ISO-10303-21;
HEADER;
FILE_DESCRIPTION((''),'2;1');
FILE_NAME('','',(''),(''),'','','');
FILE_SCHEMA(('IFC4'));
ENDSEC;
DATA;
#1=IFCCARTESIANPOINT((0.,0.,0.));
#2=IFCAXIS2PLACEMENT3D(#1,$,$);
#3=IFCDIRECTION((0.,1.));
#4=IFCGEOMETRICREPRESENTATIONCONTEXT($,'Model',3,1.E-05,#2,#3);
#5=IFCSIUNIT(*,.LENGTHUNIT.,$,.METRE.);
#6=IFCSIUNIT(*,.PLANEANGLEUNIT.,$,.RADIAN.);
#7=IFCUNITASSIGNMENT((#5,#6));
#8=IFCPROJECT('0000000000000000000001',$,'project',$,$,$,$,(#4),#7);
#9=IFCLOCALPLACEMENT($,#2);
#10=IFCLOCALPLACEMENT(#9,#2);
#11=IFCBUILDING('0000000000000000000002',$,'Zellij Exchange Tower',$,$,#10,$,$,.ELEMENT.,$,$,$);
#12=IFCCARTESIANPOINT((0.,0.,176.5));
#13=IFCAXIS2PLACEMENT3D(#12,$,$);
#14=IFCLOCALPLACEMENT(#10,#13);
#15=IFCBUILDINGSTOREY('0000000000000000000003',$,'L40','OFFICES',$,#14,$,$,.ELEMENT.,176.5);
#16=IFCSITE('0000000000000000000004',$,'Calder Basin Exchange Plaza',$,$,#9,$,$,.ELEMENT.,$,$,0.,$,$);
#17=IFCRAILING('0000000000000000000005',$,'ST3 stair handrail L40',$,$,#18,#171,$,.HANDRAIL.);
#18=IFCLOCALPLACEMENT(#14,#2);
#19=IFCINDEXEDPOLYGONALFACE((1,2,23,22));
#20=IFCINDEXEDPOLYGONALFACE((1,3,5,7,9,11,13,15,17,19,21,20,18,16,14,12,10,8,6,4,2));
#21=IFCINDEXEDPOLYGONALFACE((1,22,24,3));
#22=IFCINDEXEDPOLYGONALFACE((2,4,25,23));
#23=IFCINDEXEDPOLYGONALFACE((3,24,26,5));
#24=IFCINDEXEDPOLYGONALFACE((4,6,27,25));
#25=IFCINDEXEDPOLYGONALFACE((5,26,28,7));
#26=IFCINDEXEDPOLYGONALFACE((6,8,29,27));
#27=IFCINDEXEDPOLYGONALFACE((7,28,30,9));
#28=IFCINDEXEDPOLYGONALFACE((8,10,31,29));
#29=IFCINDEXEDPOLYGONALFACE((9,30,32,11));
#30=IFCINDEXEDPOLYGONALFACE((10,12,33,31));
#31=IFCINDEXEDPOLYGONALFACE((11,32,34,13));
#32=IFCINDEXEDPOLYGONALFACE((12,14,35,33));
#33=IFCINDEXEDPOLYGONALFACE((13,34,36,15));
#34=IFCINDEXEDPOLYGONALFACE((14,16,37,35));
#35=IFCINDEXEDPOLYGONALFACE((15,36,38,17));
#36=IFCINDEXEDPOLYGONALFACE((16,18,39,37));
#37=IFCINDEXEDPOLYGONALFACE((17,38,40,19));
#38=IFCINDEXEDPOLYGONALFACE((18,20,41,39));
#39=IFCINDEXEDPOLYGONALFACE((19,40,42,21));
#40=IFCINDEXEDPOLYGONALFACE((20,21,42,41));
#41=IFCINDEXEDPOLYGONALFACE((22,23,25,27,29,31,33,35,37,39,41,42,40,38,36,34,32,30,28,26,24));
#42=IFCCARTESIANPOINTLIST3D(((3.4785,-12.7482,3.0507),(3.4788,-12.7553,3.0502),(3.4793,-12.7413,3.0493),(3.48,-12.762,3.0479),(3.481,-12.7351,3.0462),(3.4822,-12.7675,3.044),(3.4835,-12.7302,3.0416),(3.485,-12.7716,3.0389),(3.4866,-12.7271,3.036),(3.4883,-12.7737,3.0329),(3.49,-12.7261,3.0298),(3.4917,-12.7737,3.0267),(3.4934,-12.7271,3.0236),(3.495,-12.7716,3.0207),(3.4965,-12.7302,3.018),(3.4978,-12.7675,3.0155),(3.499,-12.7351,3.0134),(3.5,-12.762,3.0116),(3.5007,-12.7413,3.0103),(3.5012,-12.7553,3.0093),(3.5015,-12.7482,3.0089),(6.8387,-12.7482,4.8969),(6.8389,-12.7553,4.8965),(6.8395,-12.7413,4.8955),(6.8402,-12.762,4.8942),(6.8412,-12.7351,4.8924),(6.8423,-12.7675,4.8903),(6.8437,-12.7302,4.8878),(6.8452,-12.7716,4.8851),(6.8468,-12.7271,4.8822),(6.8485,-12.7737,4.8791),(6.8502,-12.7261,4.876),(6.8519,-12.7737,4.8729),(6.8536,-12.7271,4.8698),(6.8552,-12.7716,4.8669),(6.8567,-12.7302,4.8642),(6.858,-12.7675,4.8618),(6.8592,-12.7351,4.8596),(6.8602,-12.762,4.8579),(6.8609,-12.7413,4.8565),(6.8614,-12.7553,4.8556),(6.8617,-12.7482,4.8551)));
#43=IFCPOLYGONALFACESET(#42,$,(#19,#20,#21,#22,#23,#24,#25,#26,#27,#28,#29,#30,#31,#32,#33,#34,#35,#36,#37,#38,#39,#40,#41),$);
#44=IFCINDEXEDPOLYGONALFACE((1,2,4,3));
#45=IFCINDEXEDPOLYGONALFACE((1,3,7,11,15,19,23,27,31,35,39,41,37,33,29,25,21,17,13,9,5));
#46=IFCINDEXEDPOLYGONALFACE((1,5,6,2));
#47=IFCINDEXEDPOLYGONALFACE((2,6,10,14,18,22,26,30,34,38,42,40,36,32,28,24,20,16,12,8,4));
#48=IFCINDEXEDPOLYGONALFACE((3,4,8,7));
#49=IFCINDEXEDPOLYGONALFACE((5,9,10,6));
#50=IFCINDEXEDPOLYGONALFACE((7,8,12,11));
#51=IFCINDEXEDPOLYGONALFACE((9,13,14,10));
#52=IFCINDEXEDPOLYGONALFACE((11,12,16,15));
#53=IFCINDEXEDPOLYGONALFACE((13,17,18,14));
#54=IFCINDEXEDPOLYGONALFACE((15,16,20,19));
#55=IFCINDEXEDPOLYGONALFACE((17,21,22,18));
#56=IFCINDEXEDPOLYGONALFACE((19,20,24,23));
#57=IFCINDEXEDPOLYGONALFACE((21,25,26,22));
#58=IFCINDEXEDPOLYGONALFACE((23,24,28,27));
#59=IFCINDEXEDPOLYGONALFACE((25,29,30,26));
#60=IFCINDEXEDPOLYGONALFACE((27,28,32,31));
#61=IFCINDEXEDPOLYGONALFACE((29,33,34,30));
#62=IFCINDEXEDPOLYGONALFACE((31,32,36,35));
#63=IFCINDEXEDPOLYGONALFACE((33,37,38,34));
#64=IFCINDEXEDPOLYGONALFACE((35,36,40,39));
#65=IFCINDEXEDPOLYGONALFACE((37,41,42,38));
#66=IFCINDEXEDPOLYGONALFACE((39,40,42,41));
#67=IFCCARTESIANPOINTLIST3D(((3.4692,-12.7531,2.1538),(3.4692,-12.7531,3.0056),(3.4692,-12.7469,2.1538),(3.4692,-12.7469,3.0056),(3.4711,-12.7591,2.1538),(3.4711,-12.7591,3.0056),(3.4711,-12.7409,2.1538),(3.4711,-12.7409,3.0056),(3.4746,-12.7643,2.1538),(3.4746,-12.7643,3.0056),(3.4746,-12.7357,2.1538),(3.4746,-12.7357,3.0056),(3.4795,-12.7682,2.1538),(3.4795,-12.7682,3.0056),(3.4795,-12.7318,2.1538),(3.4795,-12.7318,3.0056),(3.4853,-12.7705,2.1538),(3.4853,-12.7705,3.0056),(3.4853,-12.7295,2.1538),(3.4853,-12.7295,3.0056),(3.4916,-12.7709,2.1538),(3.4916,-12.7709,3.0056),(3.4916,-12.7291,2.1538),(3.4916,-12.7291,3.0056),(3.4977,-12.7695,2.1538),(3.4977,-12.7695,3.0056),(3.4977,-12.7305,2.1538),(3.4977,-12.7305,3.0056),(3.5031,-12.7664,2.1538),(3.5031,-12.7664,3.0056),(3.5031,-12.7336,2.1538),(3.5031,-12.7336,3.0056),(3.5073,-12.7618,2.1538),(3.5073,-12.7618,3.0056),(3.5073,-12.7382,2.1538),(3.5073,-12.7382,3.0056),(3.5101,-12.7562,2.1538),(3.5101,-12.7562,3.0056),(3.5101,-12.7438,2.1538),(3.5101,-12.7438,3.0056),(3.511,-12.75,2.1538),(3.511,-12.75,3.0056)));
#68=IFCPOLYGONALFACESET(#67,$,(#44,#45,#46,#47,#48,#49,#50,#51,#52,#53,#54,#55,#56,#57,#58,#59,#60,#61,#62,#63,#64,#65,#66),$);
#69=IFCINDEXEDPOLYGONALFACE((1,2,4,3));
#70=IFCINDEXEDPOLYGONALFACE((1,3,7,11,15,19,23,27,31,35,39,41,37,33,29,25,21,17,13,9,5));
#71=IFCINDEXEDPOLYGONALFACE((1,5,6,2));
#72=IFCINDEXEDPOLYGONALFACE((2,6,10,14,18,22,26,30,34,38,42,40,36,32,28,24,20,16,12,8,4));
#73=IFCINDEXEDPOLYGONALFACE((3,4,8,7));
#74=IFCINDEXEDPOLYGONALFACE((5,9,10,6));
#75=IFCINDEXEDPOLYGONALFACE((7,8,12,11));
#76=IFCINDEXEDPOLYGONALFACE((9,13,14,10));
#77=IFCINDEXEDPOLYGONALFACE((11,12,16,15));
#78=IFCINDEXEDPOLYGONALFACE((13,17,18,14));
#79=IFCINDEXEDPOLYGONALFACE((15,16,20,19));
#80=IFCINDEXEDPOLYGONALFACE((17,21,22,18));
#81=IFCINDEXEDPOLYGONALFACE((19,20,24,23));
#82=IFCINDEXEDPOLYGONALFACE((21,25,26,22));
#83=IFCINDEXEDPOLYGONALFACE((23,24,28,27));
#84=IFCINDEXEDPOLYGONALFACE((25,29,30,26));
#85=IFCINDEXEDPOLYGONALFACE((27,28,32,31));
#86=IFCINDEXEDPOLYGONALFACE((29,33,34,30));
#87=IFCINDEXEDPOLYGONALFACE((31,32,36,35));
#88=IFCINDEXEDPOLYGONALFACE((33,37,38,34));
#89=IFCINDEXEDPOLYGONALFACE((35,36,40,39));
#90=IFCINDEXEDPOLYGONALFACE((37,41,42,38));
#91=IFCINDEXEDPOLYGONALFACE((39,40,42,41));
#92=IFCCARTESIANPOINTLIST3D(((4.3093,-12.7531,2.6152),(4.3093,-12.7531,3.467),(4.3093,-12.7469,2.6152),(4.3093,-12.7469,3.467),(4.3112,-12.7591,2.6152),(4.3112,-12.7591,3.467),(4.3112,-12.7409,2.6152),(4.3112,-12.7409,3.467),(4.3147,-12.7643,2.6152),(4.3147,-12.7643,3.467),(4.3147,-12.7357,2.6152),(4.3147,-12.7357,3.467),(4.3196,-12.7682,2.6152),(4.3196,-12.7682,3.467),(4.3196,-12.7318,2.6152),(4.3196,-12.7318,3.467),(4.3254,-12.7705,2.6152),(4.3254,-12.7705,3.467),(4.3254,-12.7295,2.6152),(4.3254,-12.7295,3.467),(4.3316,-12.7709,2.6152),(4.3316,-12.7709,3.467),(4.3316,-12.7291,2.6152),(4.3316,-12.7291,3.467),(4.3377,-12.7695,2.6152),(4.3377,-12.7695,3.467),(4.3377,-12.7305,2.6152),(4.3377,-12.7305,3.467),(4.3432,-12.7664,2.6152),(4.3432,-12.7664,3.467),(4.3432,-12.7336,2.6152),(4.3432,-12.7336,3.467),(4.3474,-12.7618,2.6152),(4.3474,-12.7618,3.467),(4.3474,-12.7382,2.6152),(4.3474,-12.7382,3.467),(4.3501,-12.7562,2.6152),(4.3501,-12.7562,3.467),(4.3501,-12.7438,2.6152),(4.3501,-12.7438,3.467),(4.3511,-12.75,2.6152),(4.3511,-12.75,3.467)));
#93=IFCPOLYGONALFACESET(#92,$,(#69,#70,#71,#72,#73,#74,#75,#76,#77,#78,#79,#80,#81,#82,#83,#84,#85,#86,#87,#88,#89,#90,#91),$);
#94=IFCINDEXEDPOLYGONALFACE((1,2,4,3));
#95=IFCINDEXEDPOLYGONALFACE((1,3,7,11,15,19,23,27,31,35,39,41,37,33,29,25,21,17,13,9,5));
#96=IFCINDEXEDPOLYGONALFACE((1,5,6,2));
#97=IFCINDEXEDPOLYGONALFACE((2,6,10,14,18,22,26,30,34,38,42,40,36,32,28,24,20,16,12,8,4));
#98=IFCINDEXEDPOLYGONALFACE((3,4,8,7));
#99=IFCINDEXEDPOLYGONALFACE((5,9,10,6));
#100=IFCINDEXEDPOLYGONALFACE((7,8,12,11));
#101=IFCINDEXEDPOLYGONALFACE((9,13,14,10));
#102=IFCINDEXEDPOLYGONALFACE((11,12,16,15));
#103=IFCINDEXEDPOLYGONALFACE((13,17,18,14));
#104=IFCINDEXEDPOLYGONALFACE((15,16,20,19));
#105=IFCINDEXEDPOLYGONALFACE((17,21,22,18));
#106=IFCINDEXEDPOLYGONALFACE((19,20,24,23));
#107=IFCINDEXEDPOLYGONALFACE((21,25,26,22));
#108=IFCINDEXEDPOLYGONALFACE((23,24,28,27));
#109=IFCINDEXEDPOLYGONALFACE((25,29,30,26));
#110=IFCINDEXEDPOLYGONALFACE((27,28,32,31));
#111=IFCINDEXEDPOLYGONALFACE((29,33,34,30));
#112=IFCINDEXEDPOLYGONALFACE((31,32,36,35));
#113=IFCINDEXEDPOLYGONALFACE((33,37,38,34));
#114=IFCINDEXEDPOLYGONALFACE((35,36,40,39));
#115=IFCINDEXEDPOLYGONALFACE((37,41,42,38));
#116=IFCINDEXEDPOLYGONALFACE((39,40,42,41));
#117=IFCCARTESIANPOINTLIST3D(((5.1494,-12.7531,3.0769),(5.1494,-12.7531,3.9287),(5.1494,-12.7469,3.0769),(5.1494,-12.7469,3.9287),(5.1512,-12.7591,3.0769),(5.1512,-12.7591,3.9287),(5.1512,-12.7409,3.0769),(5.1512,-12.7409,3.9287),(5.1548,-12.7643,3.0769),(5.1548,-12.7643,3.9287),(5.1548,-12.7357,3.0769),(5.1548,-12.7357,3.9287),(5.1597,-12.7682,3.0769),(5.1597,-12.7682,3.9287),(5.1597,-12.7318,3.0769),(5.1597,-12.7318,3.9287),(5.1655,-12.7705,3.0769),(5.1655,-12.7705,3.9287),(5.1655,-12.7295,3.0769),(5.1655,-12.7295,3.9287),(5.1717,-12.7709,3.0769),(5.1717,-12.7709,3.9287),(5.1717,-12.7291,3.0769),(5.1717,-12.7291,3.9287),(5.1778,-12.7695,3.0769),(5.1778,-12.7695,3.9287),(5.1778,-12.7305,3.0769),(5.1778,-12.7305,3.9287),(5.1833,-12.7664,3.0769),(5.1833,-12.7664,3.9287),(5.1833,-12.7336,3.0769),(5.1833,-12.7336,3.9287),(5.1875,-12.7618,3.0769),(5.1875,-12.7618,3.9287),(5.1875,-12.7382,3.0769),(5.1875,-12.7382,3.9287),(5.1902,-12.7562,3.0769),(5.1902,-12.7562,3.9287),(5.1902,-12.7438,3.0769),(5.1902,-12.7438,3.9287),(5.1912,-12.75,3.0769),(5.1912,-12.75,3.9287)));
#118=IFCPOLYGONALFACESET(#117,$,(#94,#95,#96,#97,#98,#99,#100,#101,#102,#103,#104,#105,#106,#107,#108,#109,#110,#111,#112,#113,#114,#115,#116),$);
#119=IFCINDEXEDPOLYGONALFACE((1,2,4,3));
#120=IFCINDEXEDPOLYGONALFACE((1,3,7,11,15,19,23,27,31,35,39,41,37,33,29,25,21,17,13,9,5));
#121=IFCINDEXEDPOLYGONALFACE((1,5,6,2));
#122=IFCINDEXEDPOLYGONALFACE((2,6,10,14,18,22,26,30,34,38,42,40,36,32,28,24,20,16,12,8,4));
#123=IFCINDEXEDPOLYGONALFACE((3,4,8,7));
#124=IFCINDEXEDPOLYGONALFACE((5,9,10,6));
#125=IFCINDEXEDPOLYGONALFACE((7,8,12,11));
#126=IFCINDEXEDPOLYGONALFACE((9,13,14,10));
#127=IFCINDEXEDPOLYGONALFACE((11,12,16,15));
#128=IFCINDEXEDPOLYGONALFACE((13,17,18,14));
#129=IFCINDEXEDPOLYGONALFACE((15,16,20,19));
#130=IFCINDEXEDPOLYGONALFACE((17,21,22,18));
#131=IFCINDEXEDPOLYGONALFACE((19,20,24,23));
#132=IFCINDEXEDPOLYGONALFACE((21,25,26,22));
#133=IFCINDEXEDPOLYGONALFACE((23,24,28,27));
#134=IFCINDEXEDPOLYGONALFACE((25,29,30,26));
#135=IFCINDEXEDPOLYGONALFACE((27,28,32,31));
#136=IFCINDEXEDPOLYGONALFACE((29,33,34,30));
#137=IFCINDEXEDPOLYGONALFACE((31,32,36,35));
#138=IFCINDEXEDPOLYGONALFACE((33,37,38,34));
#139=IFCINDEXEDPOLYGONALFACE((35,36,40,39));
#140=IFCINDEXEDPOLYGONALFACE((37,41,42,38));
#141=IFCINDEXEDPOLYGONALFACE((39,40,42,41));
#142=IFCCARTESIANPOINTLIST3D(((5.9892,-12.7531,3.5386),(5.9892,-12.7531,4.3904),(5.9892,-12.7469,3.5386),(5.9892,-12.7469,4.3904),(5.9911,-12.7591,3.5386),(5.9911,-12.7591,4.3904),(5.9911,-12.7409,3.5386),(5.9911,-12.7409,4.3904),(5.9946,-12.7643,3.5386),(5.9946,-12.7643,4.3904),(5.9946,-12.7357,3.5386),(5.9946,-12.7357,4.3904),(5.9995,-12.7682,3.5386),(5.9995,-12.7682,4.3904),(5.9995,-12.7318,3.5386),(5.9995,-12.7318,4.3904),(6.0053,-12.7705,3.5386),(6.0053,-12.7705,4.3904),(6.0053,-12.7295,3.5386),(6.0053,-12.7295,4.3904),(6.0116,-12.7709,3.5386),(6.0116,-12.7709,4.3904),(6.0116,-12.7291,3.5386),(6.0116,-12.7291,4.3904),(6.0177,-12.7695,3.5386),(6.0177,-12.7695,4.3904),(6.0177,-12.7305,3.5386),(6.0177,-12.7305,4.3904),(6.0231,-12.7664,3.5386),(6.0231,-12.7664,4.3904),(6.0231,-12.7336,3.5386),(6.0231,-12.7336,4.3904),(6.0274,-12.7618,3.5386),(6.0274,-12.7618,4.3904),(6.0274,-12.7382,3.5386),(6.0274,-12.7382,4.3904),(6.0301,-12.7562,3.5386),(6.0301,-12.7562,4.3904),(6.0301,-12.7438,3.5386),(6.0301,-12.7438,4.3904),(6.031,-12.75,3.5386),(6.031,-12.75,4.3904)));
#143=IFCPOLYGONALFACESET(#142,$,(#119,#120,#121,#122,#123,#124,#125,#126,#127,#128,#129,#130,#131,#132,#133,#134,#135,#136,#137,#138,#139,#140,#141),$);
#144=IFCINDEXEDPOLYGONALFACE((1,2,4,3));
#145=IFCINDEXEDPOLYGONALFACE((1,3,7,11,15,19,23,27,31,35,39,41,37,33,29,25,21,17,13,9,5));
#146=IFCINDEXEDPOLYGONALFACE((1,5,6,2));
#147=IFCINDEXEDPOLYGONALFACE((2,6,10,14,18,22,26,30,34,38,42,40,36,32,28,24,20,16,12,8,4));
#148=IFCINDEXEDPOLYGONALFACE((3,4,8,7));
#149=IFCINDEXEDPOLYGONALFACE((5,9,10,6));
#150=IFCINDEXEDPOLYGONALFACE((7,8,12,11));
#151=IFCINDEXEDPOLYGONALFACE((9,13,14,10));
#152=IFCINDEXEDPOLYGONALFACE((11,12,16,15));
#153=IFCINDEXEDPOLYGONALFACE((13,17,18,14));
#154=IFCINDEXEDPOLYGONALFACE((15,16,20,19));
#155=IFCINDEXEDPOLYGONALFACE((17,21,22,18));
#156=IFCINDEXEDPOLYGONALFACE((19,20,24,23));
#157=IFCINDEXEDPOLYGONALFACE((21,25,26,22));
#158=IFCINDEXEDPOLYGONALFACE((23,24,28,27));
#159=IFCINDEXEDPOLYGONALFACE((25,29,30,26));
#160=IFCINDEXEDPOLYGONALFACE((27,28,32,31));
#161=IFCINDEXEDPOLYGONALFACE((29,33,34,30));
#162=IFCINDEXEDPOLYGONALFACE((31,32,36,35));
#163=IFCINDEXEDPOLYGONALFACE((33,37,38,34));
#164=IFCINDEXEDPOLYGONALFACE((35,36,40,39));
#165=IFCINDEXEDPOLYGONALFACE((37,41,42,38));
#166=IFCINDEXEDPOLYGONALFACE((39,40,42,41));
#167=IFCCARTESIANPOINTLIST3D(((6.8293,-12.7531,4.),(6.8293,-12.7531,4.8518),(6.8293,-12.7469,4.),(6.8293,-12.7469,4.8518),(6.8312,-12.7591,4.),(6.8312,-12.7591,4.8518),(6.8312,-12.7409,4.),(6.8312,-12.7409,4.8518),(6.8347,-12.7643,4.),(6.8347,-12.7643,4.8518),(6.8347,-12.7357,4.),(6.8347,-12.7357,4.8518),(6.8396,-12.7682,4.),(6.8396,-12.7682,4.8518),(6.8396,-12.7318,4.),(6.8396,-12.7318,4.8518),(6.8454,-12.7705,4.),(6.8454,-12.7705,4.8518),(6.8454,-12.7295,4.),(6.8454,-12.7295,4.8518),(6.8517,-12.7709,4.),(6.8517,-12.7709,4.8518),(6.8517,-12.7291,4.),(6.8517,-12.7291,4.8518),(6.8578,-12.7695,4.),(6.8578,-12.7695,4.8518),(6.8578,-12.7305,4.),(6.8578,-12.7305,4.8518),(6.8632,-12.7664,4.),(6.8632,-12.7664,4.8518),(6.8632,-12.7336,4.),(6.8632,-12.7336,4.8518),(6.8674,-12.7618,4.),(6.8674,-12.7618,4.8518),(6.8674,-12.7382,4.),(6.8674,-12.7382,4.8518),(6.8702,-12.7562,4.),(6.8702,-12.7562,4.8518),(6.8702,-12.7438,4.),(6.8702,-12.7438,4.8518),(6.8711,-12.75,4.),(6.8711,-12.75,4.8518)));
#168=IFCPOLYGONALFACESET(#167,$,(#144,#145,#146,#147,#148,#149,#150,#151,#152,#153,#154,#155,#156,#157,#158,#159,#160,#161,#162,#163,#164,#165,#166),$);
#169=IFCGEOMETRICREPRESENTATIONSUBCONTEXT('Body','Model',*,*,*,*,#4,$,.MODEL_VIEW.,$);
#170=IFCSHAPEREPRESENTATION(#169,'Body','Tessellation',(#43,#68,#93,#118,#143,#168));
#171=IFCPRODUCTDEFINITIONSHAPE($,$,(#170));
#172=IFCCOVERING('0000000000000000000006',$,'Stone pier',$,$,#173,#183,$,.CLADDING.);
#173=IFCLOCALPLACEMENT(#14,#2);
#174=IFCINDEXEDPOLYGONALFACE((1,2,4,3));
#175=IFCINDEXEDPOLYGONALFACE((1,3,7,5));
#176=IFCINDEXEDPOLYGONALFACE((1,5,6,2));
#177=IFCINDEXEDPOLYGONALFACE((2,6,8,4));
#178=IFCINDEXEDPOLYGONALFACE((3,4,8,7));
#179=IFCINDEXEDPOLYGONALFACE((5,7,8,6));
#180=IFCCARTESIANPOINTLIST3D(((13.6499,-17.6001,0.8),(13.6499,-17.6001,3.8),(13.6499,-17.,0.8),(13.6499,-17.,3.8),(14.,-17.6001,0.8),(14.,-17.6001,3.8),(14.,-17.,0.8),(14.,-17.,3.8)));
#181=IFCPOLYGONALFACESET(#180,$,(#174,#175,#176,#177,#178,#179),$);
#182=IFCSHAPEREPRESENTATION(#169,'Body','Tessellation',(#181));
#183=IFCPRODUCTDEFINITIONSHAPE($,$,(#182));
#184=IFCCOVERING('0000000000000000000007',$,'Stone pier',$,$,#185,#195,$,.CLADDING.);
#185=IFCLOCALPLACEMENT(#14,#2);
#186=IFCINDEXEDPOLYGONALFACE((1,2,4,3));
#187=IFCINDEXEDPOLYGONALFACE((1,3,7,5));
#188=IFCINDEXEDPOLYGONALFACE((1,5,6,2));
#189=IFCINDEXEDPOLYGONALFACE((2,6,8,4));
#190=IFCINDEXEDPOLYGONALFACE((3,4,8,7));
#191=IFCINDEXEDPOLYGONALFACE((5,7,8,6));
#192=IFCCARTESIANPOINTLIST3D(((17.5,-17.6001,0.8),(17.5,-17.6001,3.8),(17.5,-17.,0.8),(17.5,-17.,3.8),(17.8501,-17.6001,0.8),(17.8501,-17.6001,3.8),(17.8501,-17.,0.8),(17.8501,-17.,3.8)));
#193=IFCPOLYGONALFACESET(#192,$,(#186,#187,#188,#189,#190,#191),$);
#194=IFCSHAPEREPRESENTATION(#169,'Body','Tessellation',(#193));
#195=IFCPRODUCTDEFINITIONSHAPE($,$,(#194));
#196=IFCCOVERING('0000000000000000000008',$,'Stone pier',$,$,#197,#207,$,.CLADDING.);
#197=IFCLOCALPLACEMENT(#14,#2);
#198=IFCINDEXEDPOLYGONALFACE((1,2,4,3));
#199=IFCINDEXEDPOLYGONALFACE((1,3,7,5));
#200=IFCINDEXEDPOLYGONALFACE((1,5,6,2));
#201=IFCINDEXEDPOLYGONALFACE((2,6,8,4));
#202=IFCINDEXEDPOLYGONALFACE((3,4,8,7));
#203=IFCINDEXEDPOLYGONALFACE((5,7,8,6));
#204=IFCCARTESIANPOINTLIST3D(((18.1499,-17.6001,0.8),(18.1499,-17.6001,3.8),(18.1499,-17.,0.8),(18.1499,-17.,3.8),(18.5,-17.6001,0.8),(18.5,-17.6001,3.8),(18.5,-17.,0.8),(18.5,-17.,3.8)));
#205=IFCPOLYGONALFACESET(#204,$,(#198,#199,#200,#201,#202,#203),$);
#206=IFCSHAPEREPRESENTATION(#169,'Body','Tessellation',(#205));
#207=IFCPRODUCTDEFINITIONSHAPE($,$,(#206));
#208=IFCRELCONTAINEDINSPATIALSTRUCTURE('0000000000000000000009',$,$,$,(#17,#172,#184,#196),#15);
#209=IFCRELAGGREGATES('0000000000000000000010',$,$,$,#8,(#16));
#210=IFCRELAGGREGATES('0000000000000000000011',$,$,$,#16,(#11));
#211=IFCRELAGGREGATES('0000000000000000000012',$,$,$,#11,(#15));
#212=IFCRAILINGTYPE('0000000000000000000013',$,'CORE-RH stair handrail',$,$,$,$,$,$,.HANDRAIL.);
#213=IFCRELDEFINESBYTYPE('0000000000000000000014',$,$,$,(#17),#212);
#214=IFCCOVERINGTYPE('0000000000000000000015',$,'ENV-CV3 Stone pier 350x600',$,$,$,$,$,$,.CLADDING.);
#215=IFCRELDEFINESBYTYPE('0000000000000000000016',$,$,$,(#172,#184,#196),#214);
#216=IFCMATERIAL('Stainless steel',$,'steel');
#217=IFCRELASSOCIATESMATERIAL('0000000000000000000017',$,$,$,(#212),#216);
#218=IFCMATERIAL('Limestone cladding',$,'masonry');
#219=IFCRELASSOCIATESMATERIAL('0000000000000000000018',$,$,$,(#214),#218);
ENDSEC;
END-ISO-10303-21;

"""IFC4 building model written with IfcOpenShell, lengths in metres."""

from ifc_helpers import new_model, si_unit, direction, frame, origin, origin_2d, place, context, subcontext, project, spatial, polyline, circle, outline, extrude, material, type_object, element, save


model = new_model("IFC4")

# Units and contexts
model_context = context("Model", 3, precision=1e-05, world=origin(), true_north=direction((0.0, 1.0)))
body_context = subcontext(model_context, "Body", "Model", "MODEL_VIEW")
ifc_project = project(units=[si_unit("LENGTHUNIT", "METRE"), si_unit("PLANEANGLEUNIT", "RADIAN")], contexts=[model_context])

# Site, building, storey
site_placement = place(None, origin())
site = spatial("IfcSite", under=ifc_project, at=site_placement, Name="Calder Basin Exchange Plaza", CompositionType="ELEMENT", RefElevation=0.0)
building_placement = place(site_placement, origin())
building = spatial("IfcBuilding", under=site, at=building_placement, Name="Zellij Exchange Tower", CompositionType="ELEMENT")
storey_placement = place(building_placement, frame((0.0, 0.0, 176.5)))
storey = spatial("IfcBuildingStorey", under=building, at=storey_placement, Name="L40", Description="OFFICES", CompositionType="ELEMENT", Elevation=176.5)

# Railing
ifc_material_1 = material(Name="Stainless steel", Category="steel")
railing_type_1 = type_object("IfcRailingType", Name="CORE-RH stair handrail", PredefinedType="HANDRAIL", material=ifc_material_1)
railing_1_placement = place(storey_placement, frame((3.49, -12.75, 2.1538)))
element("IfcRailing", 1, at=railing_1_placement, inside=storey, type_object=railing_type_1, Name="ST3 stair handrail L40", PredefinedType="HANDRAIL", context=body_context, shape_type="SweptSolid", body=[
    extrude(circle(Radius=0.0239, at=origin_2d()), frame((0.0, 0.0, 0.876), z_axis=(0.876422, 0.0, 0.481545), x_axis=(0.0, 1.0, 0.0)), (0.0, 0.0, 1.0), 3.834),
    extrude(circle(Radius=0.021, at=origin_2d()), origin(), (0.0, 0.0, 1.0), 0.8518),
    extrude(circle(Radius=0.021, at=origin_2d()), frame((0.8401, 0.0, 0.4614)), (0.0, 0.0, 1.0), 0.8518),
    extrude(circle(Radius=0.021, at=origin_2d()), frame((1.6802, 0.0, 0.9231)), (0.0, 0.0, 1.0), 0.8518),
    extrude(circle(Radius=0.021, at=origin_2d()), frame((2.52, 0.0, 1.3848)), (0.0, 0.0, 1.0), 0.8518),
    extrude(circle(Radius=0.021, at=origin_2d()), frame((3.3601, 0.0, 1.8462)), (0.0, 0.0, 1.0), 0.8518),
])

# Coverings
ifc_material_2 = material(Name="Limestone cladding", Category="masonry")
covering_type = type_object("IfcCoveringType", Name="ENV-CV3 Stone pier 350x600", PredefinedType="CLADDING", material=ifc_material_2)
covering_1_placement = place(storey_placement, frame((0.0, 0.0, 0.8)))
element("IfcCovering", 2, at=covering_1_placement, inside=storey, type_object=covering_type, Name="Stone pier", PredefinedType="CLADDING", context=body_context, shape_type="SweptSolid", body=[
    extrude(outline(polyline([(13.6499, -17.0), (14.0, -17.0), (14.0, -17.6001), (13.6499, -17.6001), (13.6499, -17.0)])), origin(), (0.0, 0.0, 1.0), 3.0),
])
covering_2_placement = place(storey_placement, frame((0.0, 0.0, 0.8)))
element("IfcCovering", 3, at=covering_2_placement, inside=storey, type_object=covering_type, Name="Stone pier", PredefinedType="CLADDING", context=body_context, shape_type="SweptSolid", body=[
    extrude(outline(polyline([(17.5, -17.0), (17.8501, -17.0), (17.8501, -17.6001), (17.5, -17.6001), (17.5, -17.0)])), origin(), (0.0, 0.0, 1.0), 3.0),
])
covering_3_placement = place(storey_placement, frame((0.0, 0.0, 0.8)))
element("IfcCovering", 4, at=covering_3_placement, inside=storey, type_object=covering_type, Name="Stone pier", PredefinedType="CLADDING", context=body_context, shape_type="SweptSolid", body=[
    extrude(outline(polyline([(18.1499, -17.0), (18.5, -17.0), (18.5, -17.6001), (18.1499, -17.6001), (18.1499, -17.0)])), origin(), (0.0, 0.0, 1.0), 3.0),
])

save(model, "model.ifc")
